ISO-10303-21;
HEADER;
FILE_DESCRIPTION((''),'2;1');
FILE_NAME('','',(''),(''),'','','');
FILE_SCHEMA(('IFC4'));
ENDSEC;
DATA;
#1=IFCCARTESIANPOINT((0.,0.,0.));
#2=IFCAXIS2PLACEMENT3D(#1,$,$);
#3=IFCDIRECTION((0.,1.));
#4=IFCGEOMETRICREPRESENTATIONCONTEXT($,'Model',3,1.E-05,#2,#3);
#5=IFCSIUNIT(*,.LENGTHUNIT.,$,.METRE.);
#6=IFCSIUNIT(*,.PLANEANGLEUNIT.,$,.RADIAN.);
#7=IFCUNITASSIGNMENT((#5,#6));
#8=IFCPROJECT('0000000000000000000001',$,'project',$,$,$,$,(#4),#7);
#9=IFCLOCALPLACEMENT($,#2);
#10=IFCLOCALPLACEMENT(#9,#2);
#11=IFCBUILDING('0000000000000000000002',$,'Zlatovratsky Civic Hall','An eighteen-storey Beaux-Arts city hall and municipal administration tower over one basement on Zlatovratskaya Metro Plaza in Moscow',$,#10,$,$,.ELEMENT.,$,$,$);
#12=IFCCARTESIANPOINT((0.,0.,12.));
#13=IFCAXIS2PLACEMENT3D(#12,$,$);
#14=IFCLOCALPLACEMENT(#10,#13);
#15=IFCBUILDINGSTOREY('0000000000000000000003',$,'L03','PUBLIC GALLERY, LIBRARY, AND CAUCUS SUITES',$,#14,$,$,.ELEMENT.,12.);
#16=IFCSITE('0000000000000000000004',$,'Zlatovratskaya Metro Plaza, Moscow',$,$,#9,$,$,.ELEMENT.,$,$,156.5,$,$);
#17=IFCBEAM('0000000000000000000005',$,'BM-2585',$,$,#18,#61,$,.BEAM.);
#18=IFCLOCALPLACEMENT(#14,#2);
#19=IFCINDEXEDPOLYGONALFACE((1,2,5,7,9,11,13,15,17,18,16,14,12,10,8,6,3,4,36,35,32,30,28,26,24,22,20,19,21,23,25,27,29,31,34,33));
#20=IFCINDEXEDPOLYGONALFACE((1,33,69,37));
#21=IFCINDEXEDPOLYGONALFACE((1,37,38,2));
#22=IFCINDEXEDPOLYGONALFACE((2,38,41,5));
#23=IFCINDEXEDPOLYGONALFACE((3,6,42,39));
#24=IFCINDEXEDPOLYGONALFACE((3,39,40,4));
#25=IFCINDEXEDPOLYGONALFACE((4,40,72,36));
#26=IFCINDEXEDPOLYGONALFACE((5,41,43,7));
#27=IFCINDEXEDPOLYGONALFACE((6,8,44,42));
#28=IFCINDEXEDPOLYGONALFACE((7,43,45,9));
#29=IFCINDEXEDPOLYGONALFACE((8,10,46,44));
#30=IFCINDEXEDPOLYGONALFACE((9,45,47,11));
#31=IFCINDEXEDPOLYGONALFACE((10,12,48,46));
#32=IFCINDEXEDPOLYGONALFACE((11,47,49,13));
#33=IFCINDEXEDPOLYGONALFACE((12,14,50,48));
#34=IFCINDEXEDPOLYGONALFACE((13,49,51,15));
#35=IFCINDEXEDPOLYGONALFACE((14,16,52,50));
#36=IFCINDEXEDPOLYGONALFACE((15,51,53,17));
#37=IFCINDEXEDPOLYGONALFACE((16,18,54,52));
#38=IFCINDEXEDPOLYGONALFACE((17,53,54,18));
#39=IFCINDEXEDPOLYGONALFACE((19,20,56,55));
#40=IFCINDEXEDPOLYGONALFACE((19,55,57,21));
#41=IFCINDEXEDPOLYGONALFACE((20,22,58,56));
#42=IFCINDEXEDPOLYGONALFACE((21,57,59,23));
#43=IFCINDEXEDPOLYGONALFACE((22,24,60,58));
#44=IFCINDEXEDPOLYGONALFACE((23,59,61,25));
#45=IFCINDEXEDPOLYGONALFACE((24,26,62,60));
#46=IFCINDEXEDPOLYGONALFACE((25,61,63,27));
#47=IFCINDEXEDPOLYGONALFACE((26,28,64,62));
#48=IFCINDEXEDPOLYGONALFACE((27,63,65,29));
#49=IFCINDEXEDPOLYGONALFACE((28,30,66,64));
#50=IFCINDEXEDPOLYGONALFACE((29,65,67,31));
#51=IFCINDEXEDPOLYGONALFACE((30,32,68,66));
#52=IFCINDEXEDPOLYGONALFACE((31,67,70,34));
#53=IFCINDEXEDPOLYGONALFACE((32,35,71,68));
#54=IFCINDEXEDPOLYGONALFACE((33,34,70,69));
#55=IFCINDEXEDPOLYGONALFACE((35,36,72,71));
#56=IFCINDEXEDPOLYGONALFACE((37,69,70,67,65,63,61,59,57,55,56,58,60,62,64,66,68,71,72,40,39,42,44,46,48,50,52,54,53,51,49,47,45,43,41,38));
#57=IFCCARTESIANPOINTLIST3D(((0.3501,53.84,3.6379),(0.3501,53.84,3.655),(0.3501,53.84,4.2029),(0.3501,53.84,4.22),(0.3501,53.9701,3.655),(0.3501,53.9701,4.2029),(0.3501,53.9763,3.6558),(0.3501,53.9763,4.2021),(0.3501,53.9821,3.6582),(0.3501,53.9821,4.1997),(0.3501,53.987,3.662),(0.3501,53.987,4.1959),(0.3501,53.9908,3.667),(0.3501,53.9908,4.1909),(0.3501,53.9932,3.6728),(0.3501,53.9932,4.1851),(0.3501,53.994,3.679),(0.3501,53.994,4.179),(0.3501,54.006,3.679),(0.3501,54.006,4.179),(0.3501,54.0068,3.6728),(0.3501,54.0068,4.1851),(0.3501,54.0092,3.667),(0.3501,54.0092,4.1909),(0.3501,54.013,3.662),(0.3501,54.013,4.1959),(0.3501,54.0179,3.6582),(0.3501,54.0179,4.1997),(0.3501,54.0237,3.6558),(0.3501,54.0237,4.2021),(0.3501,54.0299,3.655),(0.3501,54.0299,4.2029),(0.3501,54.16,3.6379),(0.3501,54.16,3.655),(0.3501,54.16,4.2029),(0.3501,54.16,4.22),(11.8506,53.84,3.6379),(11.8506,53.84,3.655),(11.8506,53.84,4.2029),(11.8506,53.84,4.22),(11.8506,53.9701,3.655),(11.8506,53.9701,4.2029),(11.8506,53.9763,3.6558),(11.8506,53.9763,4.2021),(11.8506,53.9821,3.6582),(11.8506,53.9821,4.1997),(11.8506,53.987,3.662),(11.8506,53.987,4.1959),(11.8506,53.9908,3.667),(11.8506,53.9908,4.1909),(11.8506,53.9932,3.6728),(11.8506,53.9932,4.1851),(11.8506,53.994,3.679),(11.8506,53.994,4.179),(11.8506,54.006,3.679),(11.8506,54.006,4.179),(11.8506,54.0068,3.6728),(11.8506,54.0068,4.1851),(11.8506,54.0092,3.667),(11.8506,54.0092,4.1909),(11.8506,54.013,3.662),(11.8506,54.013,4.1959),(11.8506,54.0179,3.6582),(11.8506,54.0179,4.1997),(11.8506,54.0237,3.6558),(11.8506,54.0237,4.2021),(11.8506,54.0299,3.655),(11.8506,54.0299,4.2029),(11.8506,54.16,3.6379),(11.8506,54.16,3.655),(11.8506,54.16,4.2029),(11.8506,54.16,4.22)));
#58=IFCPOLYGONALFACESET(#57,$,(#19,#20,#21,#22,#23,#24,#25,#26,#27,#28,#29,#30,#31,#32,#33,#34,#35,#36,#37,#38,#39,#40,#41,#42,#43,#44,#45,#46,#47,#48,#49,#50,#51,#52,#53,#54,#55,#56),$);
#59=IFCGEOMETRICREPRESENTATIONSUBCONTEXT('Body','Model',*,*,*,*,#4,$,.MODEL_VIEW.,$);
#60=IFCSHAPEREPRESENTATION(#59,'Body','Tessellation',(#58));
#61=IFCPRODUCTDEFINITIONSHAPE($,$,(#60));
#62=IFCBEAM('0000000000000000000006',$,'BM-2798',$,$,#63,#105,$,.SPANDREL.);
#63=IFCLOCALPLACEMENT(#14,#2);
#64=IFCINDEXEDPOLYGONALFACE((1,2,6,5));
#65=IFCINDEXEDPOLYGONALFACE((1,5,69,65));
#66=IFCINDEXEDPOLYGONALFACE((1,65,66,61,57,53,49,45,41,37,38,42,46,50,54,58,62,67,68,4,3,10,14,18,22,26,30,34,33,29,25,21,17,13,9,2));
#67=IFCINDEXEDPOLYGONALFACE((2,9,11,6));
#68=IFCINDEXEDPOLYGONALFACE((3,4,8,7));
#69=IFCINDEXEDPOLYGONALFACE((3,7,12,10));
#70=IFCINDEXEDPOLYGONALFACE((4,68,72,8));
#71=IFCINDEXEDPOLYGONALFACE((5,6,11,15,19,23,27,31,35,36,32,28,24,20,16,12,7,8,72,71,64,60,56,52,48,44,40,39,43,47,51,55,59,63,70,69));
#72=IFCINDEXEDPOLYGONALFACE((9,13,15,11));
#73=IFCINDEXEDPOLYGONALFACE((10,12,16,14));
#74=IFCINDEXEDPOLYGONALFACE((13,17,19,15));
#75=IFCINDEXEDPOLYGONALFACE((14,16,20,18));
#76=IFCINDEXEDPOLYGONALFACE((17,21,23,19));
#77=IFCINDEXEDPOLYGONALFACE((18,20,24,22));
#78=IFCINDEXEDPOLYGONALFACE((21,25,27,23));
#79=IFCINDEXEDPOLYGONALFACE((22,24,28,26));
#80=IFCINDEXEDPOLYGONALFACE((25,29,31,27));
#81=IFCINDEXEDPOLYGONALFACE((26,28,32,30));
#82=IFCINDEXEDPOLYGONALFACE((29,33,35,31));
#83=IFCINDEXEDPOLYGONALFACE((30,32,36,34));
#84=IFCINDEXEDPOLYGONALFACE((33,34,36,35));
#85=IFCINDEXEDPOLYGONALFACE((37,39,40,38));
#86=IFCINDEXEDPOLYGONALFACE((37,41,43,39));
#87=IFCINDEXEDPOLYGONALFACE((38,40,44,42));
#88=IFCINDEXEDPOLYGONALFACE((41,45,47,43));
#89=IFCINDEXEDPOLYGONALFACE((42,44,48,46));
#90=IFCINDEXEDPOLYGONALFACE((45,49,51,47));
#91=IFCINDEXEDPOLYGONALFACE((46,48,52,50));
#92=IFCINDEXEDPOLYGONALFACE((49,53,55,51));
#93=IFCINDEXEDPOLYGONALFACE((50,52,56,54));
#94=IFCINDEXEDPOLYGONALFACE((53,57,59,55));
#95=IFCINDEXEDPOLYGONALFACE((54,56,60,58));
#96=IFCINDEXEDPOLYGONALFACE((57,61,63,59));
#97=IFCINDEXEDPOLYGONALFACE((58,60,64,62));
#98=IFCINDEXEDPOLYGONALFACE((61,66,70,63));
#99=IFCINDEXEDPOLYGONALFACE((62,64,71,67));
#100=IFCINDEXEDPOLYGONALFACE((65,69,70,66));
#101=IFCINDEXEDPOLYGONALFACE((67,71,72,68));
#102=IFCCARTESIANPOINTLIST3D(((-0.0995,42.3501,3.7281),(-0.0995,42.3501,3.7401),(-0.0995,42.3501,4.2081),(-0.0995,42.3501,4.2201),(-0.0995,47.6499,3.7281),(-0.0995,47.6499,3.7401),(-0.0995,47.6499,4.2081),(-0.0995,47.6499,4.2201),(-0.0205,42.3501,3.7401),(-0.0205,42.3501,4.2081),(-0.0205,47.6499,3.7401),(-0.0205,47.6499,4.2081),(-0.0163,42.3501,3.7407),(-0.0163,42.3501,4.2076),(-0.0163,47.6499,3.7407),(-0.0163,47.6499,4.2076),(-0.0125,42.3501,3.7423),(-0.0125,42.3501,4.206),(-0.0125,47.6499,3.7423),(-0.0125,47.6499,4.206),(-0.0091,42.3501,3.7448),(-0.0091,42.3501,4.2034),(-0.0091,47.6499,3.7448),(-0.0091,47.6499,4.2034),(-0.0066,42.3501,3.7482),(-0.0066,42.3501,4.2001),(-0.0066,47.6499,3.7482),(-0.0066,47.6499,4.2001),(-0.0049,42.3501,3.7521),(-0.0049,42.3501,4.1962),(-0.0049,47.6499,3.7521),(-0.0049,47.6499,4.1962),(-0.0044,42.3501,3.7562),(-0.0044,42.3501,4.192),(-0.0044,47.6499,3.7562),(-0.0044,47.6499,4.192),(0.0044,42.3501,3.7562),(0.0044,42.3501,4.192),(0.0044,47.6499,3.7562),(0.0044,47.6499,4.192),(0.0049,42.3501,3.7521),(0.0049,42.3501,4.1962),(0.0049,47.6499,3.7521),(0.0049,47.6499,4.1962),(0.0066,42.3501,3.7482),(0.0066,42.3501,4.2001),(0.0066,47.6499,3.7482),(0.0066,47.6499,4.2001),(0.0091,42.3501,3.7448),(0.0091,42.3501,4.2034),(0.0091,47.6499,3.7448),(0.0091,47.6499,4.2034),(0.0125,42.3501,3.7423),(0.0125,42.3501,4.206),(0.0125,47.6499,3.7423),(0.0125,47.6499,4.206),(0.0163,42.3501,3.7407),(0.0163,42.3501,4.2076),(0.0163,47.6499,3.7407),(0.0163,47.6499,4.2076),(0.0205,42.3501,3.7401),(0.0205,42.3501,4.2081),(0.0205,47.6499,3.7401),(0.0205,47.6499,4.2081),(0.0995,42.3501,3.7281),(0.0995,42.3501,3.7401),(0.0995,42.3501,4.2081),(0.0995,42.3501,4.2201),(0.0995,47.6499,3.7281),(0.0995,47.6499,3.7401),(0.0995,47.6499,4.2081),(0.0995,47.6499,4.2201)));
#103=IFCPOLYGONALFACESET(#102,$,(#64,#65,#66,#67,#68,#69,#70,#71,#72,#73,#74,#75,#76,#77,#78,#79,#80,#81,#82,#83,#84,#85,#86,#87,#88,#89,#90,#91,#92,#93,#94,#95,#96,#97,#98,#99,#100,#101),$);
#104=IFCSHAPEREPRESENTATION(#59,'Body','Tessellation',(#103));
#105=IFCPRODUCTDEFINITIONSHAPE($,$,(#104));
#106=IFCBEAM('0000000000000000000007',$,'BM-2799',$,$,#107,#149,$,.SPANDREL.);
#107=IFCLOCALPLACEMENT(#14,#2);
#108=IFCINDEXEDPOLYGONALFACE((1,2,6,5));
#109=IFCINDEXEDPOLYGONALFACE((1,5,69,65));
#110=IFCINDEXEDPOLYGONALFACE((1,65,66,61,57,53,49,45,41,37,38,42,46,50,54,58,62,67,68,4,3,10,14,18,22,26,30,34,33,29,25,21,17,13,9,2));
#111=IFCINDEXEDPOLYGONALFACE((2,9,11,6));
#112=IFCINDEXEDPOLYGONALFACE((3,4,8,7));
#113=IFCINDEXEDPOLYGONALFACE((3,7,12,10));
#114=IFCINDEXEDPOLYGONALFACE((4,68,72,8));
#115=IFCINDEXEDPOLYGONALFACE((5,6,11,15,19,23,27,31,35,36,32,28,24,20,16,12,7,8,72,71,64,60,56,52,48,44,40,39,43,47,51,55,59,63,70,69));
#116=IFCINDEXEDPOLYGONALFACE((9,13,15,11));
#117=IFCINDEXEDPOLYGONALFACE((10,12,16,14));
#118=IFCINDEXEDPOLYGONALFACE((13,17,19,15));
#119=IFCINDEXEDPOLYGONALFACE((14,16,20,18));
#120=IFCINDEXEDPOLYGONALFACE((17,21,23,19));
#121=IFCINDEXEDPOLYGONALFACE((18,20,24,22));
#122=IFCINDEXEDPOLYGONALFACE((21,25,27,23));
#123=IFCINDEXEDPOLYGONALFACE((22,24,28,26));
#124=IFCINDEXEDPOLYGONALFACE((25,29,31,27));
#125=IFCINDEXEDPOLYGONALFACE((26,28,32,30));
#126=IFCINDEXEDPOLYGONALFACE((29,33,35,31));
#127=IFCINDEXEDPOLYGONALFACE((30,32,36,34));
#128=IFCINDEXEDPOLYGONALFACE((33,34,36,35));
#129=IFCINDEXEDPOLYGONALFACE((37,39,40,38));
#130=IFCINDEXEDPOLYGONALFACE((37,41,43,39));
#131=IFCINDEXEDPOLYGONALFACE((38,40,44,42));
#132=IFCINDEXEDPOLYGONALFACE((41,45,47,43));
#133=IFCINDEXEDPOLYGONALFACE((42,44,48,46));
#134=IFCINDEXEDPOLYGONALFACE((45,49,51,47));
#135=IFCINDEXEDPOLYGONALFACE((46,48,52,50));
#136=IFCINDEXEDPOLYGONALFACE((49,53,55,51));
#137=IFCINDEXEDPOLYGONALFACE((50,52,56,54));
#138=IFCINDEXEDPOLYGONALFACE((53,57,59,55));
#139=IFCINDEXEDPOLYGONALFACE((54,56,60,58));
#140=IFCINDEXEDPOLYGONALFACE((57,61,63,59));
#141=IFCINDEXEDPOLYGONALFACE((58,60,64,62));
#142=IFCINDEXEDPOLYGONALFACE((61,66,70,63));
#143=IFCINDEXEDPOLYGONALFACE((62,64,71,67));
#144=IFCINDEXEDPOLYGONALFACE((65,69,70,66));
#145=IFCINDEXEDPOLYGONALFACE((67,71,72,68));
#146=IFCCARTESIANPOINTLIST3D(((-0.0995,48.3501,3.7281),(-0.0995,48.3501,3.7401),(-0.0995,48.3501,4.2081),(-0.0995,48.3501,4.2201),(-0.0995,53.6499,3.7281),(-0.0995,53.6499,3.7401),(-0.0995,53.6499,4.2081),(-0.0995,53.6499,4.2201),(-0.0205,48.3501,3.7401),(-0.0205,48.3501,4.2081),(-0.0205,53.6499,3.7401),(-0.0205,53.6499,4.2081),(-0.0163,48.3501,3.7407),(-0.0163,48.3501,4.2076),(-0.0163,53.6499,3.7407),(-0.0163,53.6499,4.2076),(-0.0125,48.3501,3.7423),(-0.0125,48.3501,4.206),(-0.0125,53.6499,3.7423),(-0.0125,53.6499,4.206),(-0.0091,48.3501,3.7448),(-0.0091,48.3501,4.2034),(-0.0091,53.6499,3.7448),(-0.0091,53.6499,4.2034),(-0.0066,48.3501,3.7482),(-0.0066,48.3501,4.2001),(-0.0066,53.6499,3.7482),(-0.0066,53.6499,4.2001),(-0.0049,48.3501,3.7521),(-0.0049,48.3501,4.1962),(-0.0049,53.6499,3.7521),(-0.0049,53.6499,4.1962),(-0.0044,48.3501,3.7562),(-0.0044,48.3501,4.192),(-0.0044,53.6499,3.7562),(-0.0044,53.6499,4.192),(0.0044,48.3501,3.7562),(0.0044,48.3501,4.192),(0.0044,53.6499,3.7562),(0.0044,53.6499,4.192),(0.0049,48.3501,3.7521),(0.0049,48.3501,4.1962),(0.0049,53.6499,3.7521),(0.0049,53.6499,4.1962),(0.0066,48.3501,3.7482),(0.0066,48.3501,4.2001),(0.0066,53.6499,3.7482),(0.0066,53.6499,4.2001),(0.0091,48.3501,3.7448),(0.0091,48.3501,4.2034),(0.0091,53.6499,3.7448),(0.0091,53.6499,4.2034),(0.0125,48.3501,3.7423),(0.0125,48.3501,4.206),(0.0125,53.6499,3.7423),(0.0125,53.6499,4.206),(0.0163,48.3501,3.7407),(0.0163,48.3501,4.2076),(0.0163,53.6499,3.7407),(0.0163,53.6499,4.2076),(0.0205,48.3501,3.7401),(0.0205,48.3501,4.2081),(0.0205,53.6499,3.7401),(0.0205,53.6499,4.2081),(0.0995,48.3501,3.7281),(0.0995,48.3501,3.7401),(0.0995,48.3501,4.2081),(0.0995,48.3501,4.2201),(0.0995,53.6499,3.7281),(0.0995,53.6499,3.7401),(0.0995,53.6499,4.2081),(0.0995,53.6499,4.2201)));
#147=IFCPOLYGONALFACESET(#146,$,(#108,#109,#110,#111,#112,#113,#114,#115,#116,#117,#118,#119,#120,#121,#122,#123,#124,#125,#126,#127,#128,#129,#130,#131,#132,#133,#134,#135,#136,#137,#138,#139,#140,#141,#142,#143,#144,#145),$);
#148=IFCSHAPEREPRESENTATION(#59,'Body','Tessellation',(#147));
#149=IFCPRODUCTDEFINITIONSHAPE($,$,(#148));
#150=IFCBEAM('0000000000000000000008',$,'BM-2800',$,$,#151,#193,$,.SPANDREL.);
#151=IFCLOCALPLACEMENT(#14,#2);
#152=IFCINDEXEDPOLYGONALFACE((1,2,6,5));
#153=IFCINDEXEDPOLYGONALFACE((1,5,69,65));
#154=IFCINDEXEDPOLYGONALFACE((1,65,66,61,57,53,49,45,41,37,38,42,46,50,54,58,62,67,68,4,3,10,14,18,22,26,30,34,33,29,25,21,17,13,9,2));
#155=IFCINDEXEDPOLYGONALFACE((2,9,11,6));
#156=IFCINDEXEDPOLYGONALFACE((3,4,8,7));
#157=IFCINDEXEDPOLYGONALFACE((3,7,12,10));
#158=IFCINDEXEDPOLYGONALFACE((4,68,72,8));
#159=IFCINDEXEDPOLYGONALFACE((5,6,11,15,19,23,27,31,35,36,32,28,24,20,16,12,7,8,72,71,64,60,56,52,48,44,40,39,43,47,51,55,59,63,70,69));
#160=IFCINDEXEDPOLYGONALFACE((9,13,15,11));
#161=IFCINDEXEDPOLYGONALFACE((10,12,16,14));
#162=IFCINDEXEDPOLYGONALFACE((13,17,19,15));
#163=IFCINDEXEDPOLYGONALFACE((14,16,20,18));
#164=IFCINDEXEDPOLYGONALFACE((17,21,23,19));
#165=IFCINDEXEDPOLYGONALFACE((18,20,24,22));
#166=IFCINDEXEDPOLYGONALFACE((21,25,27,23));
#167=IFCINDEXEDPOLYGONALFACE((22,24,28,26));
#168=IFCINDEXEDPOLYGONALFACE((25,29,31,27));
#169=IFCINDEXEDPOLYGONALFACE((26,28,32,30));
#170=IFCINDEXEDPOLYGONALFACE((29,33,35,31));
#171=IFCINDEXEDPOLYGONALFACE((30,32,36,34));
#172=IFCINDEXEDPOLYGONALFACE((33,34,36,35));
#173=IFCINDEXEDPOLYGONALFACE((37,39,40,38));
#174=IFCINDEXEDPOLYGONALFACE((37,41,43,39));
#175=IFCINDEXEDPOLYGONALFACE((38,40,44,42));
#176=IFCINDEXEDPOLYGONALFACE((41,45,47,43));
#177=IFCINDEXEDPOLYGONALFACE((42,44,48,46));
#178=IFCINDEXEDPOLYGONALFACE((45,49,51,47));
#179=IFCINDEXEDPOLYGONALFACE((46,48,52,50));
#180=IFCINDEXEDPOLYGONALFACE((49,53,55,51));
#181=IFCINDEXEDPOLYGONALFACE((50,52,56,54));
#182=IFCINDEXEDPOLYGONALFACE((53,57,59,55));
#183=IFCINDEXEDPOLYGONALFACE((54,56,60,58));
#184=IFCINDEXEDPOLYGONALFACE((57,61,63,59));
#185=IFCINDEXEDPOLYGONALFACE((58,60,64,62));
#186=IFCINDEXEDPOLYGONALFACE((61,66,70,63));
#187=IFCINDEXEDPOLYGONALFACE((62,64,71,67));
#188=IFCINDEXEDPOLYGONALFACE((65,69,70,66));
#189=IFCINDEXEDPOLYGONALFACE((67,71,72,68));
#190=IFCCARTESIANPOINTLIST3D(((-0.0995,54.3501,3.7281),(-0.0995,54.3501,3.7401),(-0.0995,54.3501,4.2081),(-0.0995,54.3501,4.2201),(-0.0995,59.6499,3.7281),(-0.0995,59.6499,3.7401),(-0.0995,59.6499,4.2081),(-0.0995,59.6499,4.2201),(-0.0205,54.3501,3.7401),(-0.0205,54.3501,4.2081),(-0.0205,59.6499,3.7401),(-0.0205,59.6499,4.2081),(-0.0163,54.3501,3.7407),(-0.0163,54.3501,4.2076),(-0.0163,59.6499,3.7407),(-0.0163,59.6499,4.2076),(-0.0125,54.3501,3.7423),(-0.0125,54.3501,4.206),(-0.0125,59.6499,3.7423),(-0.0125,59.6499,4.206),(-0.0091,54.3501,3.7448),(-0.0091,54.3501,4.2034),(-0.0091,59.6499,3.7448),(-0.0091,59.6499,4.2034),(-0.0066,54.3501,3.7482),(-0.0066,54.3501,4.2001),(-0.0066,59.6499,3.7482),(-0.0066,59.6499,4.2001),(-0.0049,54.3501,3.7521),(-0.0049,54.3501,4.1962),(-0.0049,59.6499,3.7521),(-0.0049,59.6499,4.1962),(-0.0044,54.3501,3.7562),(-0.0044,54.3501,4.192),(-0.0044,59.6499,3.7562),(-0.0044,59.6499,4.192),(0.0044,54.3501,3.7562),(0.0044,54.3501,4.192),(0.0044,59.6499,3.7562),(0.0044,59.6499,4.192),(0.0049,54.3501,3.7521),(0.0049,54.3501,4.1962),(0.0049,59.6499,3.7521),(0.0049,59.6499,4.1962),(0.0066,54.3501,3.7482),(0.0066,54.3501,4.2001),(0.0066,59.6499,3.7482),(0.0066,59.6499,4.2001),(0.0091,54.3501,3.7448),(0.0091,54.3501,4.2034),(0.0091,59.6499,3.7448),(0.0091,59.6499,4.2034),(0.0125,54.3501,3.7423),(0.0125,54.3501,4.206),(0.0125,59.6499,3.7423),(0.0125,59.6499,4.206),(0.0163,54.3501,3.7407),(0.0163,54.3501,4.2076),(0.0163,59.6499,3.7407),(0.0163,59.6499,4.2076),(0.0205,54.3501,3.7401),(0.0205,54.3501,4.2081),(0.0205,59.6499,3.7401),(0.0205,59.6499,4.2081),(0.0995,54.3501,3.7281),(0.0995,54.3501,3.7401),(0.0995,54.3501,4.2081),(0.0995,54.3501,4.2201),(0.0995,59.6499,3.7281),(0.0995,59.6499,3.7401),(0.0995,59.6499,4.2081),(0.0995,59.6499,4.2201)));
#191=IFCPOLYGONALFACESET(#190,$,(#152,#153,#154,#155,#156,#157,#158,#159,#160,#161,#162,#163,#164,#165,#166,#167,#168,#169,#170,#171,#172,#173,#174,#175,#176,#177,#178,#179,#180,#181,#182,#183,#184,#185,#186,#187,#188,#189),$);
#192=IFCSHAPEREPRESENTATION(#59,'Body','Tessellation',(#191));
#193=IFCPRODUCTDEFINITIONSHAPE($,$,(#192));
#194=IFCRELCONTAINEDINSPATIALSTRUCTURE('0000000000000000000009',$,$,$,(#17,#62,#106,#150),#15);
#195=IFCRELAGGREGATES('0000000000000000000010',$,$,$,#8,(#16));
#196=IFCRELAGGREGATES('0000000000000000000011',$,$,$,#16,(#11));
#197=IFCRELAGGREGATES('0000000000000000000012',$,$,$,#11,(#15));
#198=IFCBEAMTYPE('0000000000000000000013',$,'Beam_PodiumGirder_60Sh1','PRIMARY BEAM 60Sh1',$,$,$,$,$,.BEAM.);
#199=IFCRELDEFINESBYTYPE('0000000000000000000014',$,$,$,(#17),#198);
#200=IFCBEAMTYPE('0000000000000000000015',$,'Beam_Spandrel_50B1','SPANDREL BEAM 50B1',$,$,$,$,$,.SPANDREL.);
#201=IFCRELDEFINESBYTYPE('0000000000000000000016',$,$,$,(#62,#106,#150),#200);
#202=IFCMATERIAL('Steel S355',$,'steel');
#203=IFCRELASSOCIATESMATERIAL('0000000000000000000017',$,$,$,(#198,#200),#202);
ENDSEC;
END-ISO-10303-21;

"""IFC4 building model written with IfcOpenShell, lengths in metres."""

from ifc_helpers import new_model, si_unit, direction, frame, origin, origin_2d, place, context, subcontext, project, spatial, i_section, extrude, material, material_profile, profile_set, type_object, element, save


model = new_model("IFC4")

# Units and contexts
model_context = context("Model", 3, precision=1e-05, world=origin(), true_north=direction((0.0, 1.0)))
body_context = subcontext(model_context, "Body", "Model", "MODEL_VIEW")
ifc_project = project(units=[si_unit("LENGTHUNIT", "METRE"), si_unit("PLANEANGLEUNIT", "RADIAN")], contexts=[model_context])

# Site, building, storey
site_placement = place(None, origin())
site = spatial("IfcSite", under=ifc_project, at=site_placement, Name="Zlatovratskaya Metro Plaza, Moscow", CompositionType="ELEMENT", RefElevation=156.5)
building_placement = place(site_placement, origin())
building = spatial("IfcBuilding", under=site, at=building_placement, Name="Zlatovratsky Civic Hall", Description="An eighteen-storey Beaux-Arts city hall and municipal administration tower over one basement on Zlatovratskaya Metro Plaza in Moscow", CompositionType="ELEMENT")
storey_placement = place(building_placement, frame((0.0, 0.0, 12.0)))
storey = spatial("IfcBuildingStorey", under=building, at=storey_placement, Name="L03", Description="PUBLIC GALLERY, LIBRARY, AND CAUCUS SUITES", CompositionType="ELEMENT", Elevation=12.0)

# Shared definitions
ifc_material_1 = material(Name="Steel S355", Category="steel")

# Beams
ifc_material_profile_1 = material_profile(ifc_material_1, i_section(OverallWidth=0.3201, OverallDepth=0.582, WebThickness=0.012, FlangeThickness=0.0171, FilletRadius=0.0239, at=origin_2d()), Name="60Sh1")
ifc_profile_set_1 = profile_set([ifc_material_profile_1], Name="Steel S355")
beam_type_1 = type_object("IfcBeamType", Name="Beam_PodiumGirder_60Sh1", Description="PRIMARY BEAM 60Sh1", PredefinedType="BEAM", material=ifc_profile_set_1)
for number, where, z_axis, x_axis, name in (
    (1, (0.3501, 54.0, 3.929), (1.0, 0.0, 0.0), (0.0, 1.0, 0.0), "BM-2585"),
):
    element("IfcBeam", number, at=place(storey_placement, frame(where, z_axis=z_axis, x_axis=x_axis)), inside=storey, type_object=beam_type_1, Name=name, PredefinedType="BEAM", context=body_context, shape_type="SweptSolid", body=[
        extrude(i_section(OverallWidth=0.3201, OverallDepth=0.582, WebThickness=0.012, FlangeThickness=0.0171, FilletRadius=0.0239, at=origin_2d()), origin(), (0.0, 0.0, 1.0), 11.5005),
    ])
ifc_material_profile_2 = material_profile(ifc_material_1, i_section(OverallWidth=0.199, OverallDepth=0.4919, WebThickness=0.0088, FlangeThickness=0.012, FilletRadius=0.0161, at=origin_2d()), Name="50B1")
ifc_profile_set_2 = profile_set([ifc_material_profile_2], Name="Steel S355")
beam_type_2 = type_object("IfcBeamType", Name="Beam_Spandrel_50B1", Description="SPANDREL BEAM 50B1", PredefinedType="SPANDREL", material=ifc_profile_set_2)
for number, where, z_axis, x_axis, name in (
    (2, (0.0, 42.3501, 3.9741), (0.0, 1.0, 0.0), (-1.0, 0.0, 0.0), "BM-2798"),
    (3, (0.0, 48.3501, 3.9741), (0.0, 1.0, 0.0), (-1.0, 0.0, 0.0), "BM-2799"),
    (4, (0.0, 54.3501, 3.9741), (0.0, 1.0, 0.0), (-1.0, 0.0, 0.0), "BM-2800"),
):
    element("IfcBeam", number, at=place(storey_placement, frame(where, z_axis=z_axis, x_axis=x_axis)), inside=storey, type_object=beam_type_2, Name=name, PredefinedType="SPANDREL", context=body_context, shape_type="SweptSolid", body=[
        extrude(i_section(OverallWidth=0.199, OverallDepth=0.4919, WebThickness=0.0088, FlangeThickness=0.012, FilletRadius=0.0161, at=origin_2d()), origin(), (0.0, 0.0, 1.0), 5.2998),
    ])

save(model, "model.ifc")
